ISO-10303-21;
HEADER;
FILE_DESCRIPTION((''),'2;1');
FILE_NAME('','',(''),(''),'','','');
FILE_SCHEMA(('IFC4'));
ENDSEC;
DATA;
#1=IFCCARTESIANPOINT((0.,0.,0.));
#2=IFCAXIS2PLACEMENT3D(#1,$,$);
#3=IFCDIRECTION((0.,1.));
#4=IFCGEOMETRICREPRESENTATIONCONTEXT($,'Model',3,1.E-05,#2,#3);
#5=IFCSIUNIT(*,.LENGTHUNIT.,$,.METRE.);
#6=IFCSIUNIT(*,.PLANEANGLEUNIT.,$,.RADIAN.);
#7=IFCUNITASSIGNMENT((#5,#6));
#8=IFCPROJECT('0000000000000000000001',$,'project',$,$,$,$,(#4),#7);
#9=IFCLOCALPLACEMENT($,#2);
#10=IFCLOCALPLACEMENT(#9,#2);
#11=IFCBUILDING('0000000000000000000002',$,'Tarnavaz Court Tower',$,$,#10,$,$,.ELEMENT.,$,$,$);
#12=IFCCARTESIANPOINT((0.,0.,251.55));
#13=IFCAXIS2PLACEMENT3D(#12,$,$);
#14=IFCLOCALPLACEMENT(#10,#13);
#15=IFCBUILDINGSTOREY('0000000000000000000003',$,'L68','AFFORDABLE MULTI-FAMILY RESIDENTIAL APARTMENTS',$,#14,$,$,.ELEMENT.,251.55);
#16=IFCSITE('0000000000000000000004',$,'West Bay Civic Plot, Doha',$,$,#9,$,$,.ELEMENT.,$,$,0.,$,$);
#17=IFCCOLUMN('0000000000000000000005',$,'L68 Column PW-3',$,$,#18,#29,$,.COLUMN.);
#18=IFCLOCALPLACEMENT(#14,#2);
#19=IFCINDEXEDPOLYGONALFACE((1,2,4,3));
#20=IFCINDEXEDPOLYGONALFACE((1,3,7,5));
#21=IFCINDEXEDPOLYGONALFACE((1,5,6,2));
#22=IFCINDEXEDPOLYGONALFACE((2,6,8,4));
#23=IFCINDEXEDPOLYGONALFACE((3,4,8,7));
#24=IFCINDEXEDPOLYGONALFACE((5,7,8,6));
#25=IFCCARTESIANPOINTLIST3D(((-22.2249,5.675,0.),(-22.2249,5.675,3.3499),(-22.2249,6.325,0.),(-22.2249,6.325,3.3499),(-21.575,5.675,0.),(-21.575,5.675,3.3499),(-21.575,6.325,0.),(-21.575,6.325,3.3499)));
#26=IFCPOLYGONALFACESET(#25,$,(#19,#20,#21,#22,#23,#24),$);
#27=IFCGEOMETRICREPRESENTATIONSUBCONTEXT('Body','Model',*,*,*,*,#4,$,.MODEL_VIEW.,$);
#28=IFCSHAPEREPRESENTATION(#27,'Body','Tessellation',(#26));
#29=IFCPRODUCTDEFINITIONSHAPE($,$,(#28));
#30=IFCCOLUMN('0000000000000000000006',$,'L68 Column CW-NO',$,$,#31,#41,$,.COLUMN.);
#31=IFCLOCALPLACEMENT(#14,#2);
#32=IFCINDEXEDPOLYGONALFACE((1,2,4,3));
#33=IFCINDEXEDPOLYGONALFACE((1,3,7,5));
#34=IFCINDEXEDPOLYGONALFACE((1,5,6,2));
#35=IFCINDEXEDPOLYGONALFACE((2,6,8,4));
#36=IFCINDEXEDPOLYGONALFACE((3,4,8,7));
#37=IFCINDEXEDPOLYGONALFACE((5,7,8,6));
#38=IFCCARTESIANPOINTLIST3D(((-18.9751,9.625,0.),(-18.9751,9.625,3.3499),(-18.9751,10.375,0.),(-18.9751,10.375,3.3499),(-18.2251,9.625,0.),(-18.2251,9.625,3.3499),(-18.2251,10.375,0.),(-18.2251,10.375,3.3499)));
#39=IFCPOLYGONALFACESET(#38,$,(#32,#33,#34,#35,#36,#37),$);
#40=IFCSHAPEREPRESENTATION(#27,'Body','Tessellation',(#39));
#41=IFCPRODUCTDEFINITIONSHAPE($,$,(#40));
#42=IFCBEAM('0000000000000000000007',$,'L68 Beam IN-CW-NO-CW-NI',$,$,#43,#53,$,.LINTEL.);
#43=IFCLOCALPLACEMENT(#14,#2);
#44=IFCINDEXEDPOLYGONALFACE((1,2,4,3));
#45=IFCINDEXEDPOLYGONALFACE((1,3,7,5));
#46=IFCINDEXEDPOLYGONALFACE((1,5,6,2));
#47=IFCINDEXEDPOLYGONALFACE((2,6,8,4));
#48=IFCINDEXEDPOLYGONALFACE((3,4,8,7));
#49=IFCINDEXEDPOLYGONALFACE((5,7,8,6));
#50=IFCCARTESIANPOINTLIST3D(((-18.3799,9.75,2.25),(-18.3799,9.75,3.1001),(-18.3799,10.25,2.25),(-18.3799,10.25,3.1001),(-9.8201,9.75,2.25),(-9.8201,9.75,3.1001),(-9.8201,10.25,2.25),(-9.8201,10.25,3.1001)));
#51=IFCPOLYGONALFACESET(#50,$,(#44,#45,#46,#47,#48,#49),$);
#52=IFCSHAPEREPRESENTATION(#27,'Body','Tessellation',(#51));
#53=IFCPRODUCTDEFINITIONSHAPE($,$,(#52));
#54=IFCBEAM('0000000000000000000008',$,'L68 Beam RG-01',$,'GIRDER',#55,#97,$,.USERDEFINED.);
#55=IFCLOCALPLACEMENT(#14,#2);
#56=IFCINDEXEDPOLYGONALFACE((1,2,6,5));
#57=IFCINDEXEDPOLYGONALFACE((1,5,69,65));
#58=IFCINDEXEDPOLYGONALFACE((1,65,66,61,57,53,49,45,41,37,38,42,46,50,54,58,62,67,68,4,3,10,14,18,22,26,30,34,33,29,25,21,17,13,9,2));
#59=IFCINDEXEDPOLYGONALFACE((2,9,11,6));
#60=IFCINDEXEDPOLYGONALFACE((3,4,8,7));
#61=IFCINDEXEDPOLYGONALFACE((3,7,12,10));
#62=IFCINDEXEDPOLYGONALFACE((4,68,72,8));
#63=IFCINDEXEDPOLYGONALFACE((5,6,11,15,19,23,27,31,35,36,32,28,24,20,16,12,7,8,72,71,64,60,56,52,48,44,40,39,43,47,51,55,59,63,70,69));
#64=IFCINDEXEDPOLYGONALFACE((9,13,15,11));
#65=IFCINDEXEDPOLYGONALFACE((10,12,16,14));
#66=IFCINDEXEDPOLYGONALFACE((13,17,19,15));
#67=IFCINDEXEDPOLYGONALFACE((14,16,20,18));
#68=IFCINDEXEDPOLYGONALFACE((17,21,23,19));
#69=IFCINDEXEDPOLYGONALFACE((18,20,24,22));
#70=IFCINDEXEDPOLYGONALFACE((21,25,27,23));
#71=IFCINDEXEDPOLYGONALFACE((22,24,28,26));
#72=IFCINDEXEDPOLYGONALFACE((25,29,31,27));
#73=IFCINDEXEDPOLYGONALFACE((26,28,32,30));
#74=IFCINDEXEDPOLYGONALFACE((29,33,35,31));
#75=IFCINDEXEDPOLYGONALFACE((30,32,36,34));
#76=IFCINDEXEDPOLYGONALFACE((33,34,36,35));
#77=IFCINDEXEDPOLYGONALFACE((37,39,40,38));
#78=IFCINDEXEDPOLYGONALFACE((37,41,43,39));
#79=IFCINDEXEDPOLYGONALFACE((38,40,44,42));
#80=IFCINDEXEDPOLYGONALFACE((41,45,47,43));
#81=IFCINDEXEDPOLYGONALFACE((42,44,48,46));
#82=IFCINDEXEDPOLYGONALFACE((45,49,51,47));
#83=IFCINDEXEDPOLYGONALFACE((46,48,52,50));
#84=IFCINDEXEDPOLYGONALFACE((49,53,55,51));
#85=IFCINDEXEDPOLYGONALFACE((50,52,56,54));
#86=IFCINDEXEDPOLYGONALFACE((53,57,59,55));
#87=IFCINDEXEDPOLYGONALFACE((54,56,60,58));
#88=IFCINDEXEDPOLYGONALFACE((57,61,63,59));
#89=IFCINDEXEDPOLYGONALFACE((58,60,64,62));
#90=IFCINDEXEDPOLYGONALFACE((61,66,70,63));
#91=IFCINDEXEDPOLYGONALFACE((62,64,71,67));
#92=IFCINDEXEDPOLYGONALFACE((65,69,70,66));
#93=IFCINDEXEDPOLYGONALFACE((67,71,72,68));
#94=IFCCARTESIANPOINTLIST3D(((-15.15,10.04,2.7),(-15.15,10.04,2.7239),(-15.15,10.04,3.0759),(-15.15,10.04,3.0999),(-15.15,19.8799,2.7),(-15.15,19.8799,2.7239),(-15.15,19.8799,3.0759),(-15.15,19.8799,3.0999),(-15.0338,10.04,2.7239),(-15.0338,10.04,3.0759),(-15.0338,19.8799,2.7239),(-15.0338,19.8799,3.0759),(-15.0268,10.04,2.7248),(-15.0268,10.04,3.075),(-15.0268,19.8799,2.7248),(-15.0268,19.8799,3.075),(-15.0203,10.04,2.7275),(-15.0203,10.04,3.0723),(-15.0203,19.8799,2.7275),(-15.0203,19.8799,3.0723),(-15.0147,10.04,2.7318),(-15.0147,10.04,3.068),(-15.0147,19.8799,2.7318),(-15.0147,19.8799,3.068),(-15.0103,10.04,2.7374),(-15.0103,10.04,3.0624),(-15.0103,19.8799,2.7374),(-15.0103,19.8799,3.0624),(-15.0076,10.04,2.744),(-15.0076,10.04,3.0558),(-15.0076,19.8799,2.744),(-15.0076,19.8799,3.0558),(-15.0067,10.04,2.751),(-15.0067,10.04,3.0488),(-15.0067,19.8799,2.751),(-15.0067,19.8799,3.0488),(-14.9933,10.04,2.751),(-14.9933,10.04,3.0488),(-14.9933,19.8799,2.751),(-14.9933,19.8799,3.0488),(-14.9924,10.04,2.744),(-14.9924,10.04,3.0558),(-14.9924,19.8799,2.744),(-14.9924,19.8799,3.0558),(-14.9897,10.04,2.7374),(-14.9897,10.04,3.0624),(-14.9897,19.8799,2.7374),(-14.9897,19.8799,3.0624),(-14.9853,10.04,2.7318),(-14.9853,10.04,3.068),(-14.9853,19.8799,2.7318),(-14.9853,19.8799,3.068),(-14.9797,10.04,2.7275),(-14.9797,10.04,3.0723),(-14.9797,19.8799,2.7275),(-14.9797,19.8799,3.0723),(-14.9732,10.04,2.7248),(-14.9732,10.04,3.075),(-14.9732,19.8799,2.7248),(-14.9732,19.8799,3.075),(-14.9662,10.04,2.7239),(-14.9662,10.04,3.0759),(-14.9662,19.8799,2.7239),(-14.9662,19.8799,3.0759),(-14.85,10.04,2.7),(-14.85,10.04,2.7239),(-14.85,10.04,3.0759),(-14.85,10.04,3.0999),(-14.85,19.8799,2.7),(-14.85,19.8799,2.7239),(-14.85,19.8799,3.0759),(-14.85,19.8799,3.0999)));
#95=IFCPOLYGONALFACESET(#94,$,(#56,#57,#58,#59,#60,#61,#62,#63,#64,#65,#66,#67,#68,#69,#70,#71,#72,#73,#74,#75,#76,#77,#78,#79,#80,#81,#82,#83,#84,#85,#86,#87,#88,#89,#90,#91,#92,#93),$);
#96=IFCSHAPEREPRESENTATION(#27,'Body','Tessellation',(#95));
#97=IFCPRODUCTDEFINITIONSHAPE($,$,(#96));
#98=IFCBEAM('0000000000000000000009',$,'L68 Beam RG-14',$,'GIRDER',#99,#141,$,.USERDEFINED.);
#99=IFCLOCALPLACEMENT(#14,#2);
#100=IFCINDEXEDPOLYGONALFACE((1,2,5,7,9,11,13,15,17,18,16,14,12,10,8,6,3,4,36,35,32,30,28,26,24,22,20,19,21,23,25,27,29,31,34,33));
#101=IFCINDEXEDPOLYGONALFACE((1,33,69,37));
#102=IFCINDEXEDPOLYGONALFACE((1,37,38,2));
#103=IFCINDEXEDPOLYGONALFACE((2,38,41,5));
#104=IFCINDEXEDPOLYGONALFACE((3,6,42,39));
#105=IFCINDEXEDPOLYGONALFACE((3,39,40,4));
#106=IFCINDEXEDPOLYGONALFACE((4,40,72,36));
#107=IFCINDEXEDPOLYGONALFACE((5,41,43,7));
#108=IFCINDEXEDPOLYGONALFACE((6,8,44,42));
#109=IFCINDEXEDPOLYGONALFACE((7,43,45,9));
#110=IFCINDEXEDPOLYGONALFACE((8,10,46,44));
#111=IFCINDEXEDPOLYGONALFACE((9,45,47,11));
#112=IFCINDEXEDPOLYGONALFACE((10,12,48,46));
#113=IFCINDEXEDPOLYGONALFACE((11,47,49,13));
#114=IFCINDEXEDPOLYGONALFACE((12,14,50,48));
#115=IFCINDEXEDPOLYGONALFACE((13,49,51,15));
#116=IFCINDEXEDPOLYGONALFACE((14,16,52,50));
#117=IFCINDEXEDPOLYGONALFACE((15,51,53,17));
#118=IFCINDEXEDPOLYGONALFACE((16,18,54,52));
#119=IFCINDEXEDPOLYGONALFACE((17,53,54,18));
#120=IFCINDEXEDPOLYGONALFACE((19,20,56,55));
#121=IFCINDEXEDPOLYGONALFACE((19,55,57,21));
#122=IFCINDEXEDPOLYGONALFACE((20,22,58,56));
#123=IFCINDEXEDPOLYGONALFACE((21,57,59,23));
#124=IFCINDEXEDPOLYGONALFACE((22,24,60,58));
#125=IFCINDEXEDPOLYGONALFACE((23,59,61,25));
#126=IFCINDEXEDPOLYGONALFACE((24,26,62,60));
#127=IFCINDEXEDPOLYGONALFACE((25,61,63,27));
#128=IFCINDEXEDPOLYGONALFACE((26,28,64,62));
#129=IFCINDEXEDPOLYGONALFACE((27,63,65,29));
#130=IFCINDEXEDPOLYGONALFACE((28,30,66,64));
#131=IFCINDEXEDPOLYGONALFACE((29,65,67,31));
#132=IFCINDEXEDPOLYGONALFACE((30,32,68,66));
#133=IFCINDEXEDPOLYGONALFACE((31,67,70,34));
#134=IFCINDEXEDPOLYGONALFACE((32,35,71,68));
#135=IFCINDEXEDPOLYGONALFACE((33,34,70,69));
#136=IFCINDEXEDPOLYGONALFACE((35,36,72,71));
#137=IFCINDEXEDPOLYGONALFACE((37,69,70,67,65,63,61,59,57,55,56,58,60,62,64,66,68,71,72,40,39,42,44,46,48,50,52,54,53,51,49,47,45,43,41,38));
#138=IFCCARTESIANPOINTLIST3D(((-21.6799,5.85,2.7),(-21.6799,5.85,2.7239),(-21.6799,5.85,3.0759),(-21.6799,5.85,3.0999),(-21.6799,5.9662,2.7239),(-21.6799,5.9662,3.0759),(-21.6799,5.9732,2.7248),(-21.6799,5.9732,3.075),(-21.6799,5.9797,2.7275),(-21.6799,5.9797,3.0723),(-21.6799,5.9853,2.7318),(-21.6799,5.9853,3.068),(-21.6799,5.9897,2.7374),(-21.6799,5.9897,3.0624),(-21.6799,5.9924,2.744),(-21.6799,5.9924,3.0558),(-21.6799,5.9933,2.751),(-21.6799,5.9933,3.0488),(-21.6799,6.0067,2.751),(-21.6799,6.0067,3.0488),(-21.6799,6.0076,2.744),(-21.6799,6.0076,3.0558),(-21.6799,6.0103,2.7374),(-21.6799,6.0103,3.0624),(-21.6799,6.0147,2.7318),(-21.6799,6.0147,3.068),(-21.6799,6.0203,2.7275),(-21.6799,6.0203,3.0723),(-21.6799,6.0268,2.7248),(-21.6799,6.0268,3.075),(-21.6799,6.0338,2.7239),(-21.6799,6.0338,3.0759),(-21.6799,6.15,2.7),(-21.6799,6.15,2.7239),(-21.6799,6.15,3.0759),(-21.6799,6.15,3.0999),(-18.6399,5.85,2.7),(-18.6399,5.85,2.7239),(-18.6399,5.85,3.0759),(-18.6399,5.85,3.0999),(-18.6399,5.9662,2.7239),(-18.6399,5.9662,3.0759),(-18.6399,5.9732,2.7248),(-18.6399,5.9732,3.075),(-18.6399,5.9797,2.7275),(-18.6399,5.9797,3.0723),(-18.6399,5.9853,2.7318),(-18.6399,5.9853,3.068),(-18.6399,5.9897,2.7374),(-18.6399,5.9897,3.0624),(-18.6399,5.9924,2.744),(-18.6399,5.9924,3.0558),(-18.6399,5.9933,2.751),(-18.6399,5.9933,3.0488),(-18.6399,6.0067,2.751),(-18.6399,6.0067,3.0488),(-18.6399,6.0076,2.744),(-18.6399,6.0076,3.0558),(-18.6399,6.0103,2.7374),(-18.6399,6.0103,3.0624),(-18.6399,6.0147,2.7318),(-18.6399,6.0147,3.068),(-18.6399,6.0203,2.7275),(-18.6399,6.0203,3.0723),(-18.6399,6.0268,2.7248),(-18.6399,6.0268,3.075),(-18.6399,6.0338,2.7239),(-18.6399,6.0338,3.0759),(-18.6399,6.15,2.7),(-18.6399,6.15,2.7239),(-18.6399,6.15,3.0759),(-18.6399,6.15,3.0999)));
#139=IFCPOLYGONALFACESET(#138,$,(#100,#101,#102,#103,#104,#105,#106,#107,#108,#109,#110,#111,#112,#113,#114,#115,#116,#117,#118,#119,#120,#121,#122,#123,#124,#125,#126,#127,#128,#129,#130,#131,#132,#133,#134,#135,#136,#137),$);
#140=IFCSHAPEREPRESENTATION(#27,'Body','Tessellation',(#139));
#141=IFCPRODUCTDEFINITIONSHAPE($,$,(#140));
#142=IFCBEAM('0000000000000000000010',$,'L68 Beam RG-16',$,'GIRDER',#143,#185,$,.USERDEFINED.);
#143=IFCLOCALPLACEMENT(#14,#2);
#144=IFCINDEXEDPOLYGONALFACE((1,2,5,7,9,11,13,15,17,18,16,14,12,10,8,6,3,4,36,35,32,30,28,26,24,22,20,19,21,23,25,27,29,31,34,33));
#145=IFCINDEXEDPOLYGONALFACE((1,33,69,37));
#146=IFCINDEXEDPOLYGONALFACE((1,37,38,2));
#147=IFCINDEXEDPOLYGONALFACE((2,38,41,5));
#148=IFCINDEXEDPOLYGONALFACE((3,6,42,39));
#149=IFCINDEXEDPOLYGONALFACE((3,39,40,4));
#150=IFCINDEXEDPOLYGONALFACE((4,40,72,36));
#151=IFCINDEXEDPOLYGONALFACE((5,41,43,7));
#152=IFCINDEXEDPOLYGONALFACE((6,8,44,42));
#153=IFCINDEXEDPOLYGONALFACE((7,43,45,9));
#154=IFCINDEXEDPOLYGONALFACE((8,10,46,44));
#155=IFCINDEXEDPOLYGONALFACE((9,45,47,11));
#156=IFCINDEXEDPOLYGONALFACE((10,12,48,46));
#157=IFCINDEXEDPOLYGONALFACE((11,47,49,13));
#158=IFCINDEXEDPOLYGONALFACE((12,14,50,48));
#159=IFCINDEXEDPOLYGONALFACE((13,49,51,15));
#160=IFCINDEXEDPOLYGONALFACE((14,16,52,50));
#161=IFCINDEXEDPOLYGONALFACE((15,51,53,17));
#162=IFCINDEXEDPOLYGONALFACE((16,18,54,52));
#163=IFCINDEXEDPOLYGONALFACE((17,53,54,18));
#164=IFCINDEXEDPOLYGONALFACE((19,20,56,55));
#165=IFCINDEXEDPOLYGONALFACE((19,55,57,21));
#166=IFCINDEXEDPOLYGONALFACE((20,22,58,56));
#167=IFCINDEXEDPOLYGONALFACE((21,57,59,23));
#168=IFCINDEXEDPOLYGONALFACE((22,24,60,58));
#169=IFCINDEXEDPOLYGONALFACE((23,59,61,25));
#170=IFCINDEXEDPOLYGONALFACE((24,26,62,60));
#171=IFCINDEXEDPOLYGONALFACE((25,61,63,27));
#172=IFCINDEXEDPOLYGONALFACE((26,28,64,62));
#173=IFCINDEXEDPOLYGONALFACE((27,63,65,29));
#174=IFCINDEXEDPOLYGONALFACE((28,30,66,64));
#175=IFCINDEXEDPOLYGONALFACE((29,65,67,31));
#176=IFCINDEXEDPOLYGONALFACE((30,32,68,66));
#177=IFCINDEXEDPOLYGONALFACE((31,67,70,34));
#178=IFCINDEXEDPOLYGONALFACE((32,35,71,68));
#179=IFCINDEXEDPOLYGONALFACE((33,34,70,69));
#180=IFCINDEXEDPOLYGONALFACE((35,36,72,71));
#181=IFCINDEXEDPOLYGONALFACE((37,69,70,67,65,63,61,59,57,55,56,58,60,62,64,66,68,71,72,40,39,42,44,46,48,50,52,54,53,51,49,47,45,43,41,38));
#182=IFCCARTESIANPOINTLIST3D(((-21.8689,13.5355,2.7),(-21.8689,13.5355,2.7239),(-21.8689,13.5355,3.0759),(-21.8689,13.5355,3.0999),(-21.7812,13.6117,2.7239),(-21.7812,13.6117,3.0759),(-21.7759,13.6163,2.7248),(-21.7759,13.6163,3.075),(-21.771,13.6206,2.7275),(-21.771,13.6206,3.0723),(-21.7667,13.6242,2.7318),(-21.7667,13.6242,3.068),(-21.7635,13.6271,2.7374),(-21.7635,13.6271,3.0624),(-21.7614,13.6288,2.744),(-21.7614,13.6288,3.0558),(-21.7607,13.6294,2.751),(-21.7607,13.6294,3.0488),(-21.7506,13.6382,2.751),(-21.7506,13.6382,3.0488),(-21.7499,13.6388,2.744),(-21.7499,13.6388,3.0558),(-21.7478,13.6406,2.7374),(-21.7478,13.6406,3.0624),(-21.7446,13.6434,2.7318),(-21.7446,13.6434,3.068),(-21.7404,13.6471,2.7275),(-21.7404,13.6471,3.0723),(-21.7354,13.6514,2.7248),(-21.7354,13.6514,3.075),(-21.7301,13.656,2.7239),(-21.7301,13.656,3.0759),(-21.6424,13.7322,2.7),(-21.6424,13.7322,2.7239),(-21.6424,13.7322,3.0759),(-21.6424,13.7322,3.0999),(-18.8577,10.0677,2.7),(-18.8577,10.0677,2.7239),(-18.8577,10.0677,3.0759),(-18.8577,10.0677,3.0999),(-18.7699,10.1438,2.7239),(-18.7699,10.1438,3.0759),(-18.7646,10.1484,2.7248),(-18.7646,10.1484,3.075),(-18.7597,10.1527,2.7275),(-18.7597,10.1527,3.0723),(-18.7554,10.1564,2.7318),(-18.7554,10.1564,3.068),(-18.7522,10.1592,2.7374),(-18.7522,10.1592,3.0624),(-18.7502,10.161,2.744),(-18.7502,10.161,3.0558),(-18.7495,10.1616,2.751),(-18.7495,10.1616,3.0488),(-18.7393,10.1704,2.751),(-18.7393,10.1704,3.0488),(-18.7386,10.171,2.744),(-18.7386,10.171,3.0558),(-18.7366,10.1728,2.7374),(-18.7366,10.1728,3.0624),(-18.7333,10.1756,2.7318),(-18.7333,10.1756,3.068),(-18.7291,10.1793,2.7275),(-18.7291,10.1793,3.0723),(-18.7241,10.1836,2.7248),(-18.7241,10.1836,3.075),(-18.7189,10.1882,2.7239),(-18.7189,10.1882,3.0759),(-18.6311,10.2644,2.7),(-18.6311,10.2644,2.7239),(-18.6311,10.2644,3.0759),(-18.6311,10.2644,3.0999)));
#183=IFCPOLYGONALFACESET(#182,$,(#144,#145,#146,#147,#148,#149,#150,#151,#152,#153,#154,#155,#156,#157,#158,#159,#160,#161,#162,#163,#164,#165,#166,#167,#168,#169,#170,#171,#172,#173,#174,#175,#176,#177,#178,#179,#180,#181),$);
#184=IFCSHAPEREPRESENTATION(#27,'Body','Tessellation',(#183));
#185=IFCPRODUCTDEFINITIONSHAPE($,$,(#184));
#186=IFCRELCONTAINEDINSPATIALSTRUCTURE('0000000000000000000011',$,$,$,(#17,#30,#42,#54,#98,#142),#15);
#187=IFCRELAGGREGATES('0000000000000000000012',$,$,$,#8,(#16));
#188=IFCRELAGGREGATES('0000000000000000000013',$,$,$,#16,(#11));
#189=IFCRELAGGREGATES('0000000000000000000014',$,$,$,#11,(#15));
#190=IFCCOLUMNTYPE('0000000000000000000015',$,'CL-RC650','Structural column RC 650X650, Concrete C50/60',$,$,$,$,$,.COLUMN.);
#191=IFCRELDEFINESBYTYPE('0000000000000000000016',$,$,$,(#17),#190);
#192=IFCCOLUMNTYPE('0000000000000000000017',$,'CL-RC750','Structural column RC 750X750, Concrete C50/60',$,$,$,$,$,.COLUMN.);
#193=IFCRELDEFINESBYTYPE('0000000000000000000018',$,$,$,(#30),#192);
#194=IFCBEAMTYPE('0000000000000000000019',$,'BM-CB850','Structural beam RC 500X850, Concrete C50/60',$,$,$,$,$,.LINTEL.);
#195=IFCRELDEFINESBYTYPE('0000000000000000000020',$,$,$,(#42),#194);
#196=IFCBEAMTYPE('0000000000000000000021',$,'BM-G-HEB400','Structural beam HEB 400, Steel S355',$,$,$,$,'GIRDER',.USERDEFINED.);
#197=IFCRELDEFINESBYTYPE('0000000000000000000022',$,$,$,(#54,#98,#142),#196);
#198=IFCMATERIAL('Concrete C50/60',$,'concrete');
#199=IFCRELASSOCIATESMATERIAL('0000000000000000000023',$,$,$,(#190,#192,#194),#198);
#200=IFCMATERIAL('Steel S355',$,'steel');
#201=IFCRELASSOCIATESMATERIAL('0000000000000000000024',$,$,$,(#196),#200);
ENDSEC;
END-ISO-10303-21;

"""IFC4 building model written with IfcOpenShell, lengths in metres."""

from ifc_helpers import new_model, si_unit, direction, frame, origin, origin_2d, place, context, subcontext, project, spatial, rectangle, i_section, extrude, material, material_profile, profile_set, type_object, element, save


model = new_model("IFC4")

# Units and contexts
model_context = context("Model", 3, precision=1e-05, world=origin(), true_north=direction((0.0, 1.0)))
body_context = subcontext(model_context, "Body", "Model", "MODEL_VIEW")
ifc_project = project(units=[si_unit("LENGTHUNIT", "METRE"), si_unit("PLANEANGLEUNIT", "RADIAN")], contexts=[model_context])

# Site, building, storey
site_placement = place(None, origin())
site = spatial("IfcSite", under=ifc_project, at=site_placement, Name="West Bay Civic Plot, Doha", CompositionType="ELEMENT", RefElevation=0.0)
building_placement = place(site_placement, origin())
building = spatial("IfcBuilding", under=site, at=building_placement, Name="Tarnavaz Court Tower", CompositionType="ELEMENT")
storey_placement = place(building_placement, frame((0.0, 0.0, 251.55)))
storey = spatial("IfcBuildingStorey", under=building, at=storey_placement, Name="L68", Description="AFFORDABLE MULTI-FAMILY RESIDENTIAL APARTMENTS", CompositionType="ELEMENT", Elevation=251.55)

# Columns
ifc_material_1 = material(Name="Concrete C50/60", Category="concrete")
ifc_material_profile_1 = material_profile(ifc_material_1, rectangle(XDim=0.6499, YDim=0.6499, at=origin_2d()), Name="RC 650X650")
ifc_profile_set_1 = profile_set([ifc_material_profile_1], Name="Concrete C50/60")
column_type_1 = type_object("IfcColumnType", Name="CL-RC650", Description="Structural column RC 650X650, Concrete C50/60", PredefinedType="COLUMN", material=ifc_profile_set_1)
column_1_placement = place(storey_placement, frame((-21.8999, 6.0, 0.0), z_axis=(0.0, 0.0, 1.0), x_axis=(1.0, 0.0, 0.0)))
element("IfcColumn", 1, at=column_1_placement, inside=storey, type_object=column_type_1, Name="L68 Column PW-3", PredefinedType="COLUMN", context=body_context, shape_type="SweptSolid", body=[
    extrude(rectangle(XDim=0.6499, YDim=0.6499, at=origin_2d()), origin(), (0.0, 0.0, 1.0), 3.3499),
])
ifc_material_profile_2 = material_profile(ifc_material_1, rectangle(XDim=0.75, YDim=0.75, at=origin_2d()), Name="RC 750X750")
ifc_profile_set_2 = profile_set([ifc_material_profile_2], Name="Concrete C50/60")
column_type_2 = type_object("IfcColumnType", Name="CL-RC750", Description="Structural column RC 750X750, Concrete C50/60", PredefinedType="COLUMN", material=ifc_profile_set_2)
column_2_placement = place(storey_placement, frame((-18.6001, 10.0, 0.0), z_axis=(0.0, 0.0, 1.0), x_axis=(1.0, 0.0, 0.0)))
element("IfcColumn", 2, at=column_2_placement, inside=storey, type_object=column_type_2, Name="L68 Column CW-NO", PredefinedType="COLUMN", context=body_context, shape_type="SweptSolid", body=[
    extrude(rectangle(XDim=0.75, YDim=0.75, at=origin_2d()), origin(), (0.0, 0.0, 1.0), 3.3499),
])

# Beams
ifc_material_profile_3 = material_profile(ifc_material_1, rectangle(XDim=0.5, YDim=0.8501, at=origin_2d()), Name="RC 500X850")
ifc_profile_set_3 = profile_set([ifc_material_profile_3], Name="Concrete C50/60")
beam_type_1 = type_object("IfcBeamType", Name="BM-CB850", Description="Structural beam RC 500X850, Concrete C50/60", PredefinedType="LINTEL", material=ifc_profile_set_3)
beam_1_placement = place(storey_placement, frame((-18.3799, 10.0, 2.675), z_axis=(1.0, 0.0, 0.0), x_axis=(0.0, 1.0, 0.0)))
element("IfcBeam", 3, at=beam_1_placement, inside=storey, type_object=beam_type_1, Name="L68 Beam IN-CW-NO-CW-NI", PredefinedType="LINTEL", context=body_context, shape_type="SweptSolid", body=[
    extrude(rectangle(XDim=0.5, YDim=0.8501, at=origin_2d()), origin(), (0.0, 0.0, 1.0), 8.5598),
])
ifc_material_2 = material(Name="Steel S355", Category="steel")
ifc_material_profile_4 = material_profile(ifc_material_2, i_section(OverallWidth=0.3, OverallDepth=0.3999, WebThickness=0.0134, FlangeThickness=0.0239, FilletRadius=0.0271, at=origin_2d()), Name="HEB 400")
ifc_profile_set_4 = profile_set([ifc_material_profile_4], Name="Steel S355")
beam_type_2 = type_object("IfcBeamType", Name="BM-G-HEB400", Description="Structural beam HEB 400, Steel S355", ElementType="GIRDER", PredefinedType="USERDEFINED", material=ifc_profile_set_4)
beam_2_placement = place(storey_placement, frame((-15.0, 10.04, 2.8999), z_axis=(0.0, 1.0, 0.0), x_axis=(-1.0, 0.0, 0.0)))
element("IfcBeam", 4, at=beam_2_placement, inside=storey, type_object=beam_type_2, Name="L68 Beam RG-01", ObjectType="GIRDER", PredefinedType="USERDEFINED", context=body_context, shape_type="SweptSolid", body=[
    extrude(i_section(OverallWidth=0.3, OverallDepth=0.3999, WebThickness=0.0134, FlangeThickness=0.0239, FilletRadius=0.0271, at=origin_2d()), origin(), (0.0, 0.0, 1.0), 9.8398),
])
beam_3_placement = place(storey_placement, frame((-18.6399, 6.0, 2.8999), z_axis=(-1.0, 0.0, 0.0), x_axis=(0.0, -1.0, 0.0)))
element("IfcBeam", 5, at=beam_3_placement, inside=storey, type_object=beam_type_2, Name="L68 Beam RG-14", ObjectType="GIRDER", PredefinedType="USERDEFINED", context=body_context, shape_type="SweptSolid", body=[
    extrude(i_section(OverallWidth=0.3, OverallDepth=0.3999, WebThickness=0.0134, FlangeThickness=0.0239, FilletRadius=0.0271, at=origin_2d()), origin(), (0.0, 0.0, 1.0), 3.04),
])
beam_4_placement = place(storey_placement, frame((-18.7444, 10.166, 2.8999), z_axis=(-0.655655, 0.755061, 0.0), x_axis=(-0.755061, -0.655655, 0.0)))
element("IfcBeam", 6, at=beam_4_placement, inside=storey, type_object=beam_type_2, Name="L68 Beam RG-16", ObjectType="GIRDER", PredefinedType="USERDEFINED", context=body_context, shape_type="SweptSolid", body=[
    extrude(i_section(OverallWidth=0.3, OverallDepth=0.3999, WebThickness=0.0134, FlangeThickness=0.0239, FilletRadius=0.0271, at=origin_2d()), origin(), (0.0, 0.0, 1.0), 4.5928),
])

save(model, "model.ifc")
